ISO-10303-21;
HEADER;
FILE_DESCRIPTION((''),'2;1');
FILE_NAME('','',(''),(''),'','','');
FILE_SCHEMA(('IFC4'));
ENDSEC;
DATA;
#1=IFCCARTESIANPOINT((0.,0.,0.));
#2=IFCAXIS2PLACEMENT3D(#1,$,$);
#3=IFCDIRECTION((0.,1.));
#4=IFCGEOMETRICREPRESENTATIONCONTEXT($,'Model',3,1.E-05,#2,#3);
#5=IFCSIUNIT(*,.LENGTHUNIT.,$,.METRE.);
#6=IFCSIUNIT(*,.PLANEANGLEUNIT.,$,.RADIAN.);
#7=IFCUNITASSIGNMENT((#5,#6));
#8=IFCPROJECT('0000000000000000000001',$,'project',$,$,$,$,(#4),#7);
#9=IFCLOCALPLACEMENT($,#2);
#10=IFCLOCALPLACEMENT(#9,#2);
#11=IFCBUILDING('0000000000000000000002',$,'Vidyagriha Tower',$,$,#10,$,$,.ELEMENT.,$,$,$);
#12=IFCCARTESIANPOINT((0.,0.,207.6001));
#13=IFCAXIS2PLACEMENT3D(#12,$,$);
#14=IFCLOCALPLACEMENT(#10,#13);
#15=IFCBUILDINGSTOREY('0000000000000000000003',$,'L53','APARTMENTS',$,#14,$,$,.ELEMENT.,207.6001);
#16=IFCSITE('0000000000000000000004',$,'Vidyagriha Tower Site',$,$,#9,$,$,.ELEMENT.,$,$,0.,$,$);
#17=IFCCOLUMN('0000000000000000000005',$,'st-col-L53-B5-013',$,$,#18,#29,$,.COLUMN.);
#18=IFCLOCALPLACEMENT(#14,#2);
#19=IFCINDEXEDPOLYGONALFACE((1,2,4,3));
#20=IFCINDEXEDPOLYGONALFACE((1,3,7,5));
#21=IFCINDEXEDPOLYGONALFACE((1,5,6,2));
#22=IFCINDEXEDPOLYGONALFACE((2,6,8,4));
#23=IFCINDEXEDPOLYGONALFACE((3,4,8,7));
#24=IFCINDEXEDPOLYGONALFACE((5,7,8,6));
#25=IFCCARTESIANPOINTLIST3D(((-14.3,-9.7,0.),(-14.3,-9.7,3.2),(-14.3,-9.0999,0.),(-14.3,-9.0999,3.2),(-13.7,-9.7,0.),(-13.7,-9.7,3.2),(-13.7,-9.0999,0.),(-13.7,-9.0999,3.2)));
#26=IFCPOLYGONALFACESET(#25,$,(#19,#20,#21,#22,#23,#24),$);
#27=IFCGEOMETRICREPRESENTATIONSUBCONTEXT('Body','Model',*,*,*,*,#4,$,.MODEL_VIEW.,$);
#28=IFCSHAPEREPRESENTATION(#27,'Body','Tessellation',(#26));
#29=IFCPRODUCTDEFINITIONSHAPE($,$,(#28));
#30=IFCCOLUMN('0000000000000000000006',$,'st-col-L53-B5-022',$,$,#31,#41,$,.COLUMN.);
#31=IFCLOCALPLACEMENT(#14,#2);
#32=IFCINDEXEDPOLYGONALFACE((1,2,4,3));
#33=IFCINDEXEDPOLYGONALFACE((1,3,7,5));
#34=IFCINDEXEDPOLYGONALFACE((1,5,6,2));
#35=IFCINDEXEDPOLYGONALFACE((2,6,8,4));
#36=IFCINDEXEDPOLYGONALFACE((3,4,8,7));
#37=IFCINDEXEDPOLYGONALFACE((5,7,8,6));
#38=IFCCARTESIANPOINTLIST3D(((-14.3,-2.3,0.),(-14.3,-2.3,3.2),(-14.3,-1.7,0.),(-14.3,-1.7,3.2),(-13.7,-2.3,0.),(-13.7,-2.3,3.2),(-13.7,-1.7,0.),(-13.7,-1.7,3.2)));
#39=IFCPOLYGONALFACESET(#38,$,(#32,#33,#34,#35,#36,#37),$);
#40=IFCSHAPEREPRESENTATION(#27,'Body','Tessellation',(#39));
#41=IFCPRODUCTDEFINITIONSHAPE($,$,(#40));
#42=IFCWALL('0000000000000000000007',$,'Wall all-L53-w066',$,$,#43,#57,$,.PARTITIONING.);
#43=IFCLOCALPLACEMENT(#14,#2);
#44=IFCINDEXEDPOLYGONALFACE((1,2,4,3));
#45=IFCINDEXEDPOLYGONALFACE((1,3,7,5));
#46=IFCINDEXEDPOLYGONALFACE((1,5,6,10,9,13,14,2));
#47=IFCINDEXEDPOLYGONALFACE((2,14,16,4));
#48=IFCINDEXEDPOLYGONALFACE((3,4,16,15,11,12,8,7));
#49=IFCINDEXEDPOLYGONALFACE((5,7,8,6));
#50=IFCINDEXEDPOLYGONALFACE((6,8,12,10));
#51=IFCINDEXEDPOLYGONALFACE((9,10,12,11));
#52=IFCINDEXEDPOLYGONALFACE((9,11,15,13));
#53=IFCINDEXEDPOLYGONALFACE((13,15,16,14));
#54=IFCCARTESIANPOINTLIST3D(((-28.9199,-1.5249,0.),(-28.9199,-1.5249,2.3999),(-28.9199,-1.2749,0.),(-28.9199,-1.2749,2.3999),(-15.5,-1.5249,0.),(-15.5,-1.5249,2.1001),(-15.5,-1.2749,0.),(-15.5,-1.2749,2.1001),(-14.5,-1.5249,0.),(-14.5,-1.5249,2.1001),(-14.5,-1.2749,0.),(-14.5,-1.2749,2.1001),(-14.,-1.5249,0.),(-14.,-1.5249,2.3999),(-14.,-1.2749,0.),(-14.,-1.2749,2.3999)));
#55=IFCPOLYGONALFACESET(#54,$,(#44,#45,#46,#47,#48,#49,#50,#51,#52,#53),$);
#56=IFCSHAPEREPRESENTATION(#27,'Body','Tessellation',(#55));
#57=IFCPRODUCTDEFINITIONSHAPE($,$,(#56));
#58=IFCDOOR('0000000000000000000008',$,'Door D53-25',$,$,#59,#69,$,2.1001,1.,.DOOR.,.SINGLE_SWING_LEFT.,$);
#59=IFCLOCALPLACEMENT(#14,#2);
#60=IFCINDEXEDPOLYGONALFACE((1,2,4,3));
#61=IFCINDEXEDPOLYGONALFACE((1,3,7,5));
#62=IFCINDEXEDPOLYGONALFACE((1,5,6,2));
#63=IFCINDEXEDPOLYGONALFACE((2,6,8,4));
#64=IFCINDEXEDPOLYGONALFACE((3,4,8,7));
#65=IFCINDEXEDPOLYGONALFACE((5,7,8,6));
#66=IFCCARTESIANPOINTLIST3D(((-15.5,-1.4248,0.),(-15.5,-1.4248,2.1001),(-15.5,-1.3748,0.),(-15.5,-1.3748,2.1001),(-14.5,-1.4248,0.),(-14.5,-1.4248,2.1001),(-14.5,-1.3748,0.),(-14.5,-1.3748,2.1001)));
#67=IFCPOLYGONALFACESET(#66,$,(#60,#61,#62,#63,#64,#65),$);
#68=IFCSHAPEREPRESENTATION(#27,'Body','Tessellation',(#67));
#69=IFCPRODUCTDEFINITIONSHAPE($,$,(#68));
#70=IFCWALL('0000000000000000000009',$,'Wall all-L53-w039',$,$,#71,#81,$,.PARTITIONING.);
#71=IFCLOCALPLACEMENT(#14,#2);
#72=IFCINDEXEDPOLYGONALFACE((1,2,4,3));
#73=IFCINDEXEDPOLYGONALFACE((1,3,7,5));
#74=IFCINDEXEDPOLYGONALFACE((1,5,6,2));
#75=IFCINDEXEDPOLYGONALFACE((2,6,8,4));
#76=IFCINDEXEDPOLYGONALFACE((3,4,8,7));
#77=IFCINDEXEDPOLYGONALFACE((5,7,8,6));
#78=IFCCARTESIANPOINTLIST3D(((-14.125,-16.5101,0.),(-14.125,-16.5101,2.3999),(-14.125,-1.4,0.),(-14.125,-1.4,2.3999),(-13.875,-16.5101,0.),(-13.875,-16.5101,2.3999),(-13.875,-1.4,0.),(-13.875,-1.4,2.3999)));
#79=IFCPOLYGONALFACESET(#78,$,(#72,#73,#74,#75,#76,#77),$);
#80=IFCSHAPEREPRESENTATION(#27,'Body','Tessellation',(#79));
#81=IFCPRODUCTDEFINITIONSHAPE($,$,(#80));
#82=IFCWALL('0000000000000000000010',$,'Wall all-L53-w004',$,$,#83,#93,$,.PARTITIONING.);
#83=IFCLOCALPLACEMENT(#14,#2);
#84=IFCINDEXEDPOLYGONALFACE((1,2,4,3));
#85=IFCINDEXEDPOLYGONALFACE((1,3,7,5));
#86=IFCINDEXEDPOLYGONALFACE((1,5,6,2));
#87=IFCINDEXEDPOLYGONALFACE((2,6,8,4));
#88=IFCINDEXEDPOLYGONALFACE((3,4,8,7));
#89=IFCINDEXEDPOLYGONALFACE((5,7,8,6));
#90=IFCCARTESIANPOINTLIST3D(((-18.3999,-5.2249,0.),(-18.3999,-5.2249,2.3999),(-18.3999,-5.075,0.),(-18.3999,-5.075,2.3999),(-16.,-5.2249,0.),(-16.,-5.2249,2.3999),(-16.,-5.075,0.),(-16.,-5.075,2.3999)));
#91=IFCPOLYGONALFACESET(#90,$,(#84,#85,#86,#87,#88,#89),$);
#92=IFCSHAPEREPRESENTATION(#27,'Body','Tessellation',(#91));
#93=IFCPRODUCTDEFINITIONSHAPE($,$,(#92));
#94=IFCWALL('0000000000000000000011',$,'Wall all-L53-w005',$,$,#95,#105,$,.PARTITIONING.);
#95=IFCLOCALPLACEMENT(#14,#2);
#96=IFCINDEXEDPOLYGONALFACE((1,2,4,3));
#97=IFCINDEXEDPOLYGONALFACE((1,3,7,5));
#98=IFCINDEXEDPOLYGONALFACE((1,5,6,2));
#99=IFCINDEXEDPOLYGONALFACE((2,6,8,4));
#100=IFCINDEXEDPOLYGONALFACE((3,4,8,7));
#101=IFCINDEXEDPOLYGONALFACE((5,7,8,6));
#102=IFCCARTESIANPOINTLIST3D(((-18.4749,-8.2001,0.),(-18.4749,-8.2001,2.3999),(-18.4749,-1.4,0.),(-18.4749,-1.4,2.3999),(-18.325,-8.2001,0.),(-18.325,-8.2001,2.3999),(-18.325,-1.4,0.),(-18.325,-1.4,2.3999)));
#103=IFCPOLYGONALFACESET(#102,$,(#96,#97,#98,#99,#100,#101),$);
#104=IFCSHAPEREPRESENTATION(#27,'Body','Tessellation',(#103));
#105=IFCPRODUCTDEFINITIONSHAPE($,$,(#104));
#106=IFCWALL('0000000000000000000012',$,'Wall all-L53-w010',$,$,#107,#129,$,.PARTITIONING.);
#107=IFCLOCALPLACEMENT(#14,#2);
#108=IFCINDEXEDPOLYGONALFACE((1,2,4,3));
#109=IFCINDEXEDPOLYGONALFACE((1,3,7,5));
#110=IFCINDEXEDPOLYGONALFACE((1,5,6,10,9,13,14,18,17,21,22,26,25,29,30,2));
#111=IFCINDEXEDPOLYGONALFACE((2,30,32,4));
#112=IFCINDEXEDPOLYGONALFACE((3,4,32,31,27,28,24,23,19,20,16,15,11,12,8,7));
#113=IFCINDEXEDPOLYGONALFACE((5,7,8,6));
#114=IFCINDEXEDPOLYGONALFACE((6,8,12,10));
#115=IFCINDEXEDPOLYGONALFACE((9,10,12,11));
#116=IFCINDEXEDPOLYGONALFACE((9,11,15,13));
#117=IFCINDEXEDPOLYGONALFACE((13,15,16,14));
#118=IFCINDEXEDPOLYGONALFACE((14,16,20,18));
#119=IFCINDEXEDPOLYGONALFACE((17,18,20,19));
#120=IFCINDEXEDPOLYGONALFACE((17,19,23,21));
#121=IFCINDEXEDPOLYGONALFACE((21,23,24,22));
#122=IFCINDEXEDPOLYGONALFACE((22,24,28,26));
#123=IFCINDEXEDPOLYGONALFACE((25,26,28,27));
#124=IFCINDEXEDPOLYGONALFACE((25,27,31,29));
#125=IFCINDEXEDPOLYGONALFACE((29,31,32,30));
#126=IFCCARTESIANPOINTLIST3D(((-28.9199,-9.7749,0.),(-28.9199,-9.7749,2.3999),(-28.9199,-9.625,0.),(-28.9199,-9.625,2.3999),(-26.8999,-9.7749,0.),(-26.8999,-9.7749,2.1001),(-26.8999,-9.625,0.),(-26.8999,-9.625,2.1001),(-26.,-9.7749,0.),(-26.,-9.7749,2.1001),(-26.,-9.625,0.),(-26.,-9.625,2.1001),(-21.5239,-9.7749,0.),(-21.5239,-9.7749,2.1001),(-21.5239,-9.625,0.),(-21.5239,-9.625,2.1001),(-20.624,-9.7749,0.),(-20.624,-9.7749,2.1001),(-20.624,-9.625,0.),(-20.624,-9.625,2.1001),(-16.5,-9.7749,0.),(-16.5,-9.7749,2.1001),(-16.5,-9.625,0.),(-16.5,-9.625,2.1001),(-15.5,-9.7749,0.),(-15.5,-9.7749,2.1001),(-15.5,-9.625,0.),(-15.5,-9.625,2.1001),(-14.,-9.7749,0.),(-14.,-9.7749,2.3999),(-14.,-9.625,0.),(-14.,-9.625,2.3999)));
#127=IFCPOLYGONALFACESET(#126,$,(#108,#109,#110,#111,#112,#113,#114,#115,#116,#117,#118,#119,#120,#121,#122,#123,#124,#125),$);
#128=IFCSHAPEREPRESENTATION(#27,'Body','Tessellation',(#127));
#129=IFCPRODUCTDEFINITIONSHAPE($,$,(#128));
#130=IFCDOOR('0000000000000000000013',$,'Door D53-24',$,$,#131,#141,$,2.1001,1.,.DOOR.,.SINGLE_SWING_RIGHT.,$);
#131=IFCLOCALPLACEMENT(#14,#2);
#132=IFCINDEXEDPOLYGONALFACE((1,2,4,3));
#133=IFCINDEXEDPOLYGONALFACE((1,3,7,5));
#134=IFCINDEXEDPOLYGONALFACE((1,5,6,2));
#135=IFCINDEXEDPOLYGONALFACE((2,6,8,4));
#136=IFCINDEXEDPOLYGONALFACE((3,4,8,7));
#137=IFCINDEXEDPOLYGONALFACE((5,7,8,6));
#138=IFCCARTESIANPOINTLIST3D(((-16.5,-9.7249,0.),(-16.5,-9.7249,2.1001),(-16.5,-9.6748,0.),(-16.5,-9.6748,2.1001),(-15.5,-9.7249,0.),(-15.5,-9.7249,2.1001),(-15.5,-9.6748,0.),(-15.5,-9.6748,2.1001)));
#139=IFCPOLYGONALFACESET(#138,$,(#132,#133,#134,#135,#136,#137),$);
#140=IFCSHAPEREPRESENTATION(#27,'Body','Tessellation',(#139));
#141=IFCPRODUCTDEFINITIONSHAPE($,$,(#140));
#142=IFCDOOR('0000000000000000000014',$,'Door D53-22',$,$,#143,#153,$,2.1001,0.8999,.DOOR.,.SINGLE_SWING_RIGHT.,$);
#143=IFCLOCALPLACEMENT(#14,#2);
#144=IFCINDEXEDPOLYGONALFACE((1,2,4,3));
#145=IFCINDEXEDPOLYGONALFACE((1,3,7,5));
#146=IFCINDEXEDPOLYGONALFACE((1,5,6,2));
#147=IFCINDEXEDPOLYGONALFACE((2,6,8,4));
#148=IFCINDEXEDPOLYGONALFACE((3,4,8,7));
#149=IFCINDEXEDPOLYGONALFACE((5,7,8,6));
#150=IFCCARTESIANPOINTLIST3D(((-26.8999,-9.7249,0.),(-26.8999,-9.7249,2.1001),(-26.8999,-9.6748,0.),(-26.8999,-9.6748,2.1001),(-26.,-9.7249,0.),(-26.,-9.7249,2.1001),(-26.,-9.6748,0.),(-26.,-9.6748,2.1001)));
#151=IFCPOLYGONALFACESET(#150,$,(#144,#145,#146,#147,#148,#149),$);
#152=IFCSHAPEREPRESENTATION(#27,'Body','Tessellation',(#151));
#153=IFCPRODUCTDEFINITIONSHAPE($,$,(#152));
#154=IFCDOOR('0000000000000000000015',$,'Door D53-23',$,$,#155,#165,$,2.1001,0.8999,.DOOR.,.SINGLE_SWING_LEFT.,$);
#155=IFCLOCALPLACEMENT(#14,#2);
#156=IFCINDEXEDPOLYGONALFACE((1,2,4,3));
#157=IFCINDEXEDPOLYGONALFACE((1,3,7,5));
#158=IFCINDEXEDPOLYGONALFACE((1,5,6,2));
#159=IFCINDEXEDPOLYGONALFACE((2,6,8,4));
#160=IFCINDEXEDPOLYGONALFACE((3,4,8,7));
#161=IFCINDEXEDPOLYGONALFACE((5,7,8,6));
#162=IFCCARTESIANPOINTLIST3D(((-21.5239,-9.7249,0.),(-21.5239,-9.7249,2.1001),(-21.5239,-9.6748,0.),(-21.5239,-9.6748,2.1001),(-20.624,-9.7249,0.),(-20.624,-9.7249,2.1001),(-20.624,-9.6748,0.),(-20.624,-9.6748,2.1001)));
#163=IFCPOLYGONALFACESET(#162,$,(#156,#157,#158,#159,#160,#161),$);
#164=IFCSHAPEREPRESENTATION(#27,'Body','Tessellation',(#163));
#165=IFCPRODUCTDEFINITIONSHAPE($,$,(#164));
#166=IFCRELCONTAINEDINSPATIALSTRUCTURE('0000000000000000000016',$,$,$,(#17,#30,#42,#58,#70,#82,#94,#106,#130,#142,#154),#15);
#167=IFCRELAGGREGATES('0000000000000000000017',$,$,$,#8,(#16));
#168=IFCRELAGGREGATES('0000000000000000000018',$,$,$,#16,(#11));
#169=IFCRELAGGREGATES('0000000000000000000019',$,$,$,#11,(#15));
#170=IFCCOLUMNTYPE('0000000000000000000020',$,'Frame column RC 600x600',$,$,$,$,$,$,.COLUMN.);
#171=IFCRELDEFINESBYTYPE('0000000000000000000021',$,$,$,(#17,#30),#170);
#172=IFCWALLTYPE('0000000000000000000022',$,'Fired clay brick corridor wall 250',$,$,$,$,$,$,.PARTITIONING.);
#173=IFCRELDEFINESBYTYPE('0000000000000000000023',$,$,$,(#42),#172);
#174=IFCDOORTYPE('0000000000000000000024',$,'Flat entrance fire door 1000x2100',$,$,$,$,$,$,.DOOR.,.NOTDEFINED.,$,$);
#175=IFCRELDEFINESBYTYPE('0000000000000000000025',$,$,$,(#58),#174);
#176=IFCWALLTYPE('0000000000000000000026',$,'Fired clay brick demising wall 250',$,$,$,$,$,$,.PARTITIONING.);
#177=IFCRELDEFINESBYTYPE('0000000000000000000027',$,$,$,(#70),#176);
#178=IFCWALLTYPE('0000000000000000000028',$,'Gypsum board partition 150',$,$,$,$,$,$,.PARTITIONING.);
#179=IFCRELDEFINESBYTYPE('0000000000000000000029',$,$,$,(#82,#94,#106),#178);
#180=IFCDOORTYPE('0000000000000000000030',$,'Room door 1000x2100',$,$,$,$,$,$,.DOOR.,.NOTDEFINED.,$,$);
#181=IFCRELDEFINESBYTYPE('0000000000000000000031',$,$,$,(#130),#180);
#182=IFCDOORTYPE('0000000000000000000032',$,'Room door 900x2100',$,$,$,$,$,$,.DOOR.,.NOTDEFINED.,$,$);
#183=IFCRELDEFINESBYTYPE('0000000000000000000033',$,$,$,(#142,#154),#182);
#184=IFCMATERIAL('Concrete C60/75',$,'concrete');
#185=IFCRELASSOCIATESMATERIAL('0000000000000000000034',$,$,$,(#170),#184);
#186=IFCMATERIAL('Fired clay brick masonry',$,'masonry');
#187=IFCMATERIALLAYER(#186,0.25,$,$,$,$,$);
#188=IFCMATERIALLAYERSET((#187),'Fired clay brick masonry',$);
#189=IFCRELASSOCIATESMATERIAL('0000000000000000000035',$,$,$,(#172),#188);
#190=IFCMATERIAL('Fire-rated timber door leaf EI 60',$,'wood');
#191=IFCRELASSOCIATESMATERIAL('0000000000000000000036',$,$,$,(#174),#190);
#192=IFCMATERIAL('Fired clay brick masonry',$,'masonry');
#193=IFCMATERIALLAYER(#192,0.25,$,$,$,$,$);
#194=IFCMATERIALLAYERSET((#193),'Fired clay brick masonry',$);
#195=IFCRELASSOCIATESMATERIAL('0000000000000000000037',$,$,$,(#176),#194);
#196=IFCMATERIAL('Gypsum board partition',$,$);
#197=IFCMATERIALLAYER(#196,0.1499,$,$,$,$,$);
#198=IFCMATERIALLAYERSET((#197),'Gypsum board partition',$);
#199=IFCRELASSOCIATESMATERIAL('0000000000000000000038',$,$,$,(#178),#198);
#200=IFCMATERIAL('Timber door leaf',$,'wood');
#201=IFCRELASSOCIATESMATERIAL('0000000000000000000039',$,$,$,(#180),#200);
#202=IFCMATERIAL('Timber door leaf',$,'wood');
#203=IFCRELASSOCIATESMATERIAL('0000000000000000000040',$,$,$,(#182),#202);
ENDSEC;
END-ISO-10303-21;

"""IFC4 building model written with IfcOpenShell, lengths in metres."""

from ifc_helpers import new_model, si_unit, direction, frame, frame_2d, origin, origin_2d, place, context, subcontext, project, spatial, rectangle, extrude, material, layer, layer_set, material_profile, profile_set, type_object, element, fill, save


model = new_model("IFC4")

# Units and contexts
model_context = context("Model", 3, precision=1e-05, world=origin(), true_north=direction((0.0, 1.0)))
body_context = subcontext(model_context, "Body", "Model", "MODEL_VIEW")
ifc_project = project(units=[si_unit("LENGTHUNIT", "METRE"), si_unit("PLANEANGLEUNIT", "RADIAN")], contexts=[model_context])

# Site, building, storey
site_placement = place(None, origin())
site = spatial("IfcSite", under=ifc_project, at=site_placement, Name="Vidyagriha Tower Site", CompositionType="ELEMENT", RefElevation=0.0)
building_placement = place(site_placement, origin())
building = spatial("IfcBuilding", under=site, at=building_placement, Name="Vidyagriha Tower", CompositionType="ELEMENT")
storey_placement = place(building_placement, frame((0.0, 0.0, 207.6001)))
storey = spatial("IfcBuildingStorey", under=building, at=storey_placement, Name="L53", Description="APARTMENTS", CompositionType="ELEMENT", Elevation=207.6001)

# Columns
ifc_material_1 = material(Name="Concrete C60/75", Category="concrete")
ifc_material_profile = material_profile(ifc_material_1, rectangle(XDim=0.6001, YDim=0.6001, at=origin_2d()), Name="RC 600x600")
ifc_profile_set = profile_set([ifc_material_profile], Name="Concrete C60/75")
column_type = type_object("IfcColumnType", Name="Frame column RC 600x600", PredefinedType="COLUMN", material=ifc_profile_set)
for number, where, name in (
    (1, (-14.0, -9.3999, 0.0), "st-col-L53-B5-013"),
    (2, (-14.0, -2.0, 0.0), "st-col-L53-B5-022"),
):
    element("IfcColumn", number, at=place(storey_placement, frame(where)), inside=storey, type_object=column_type, Name=name, PredefinedType="COLUMN", context=body_context, shape_type="SweptSolid", body=[
        extrude(rectangle(XDim=0.6001, YDim=0.6001, at=origin_2d()), origin(), (0.0, 0.0, 1.0), 3.2),
    ])

# Wall, opening, door
ifc_material_2 = material(Name="Fired clay brick masonry", Category="masonry")
ifc_layer_1 = layer(ifc_material_2, 0.25)
ifc_layer_set_1 = layer_set([ifc_layer_1], Name="Fired clay brick masonry")
wall_type_1 = type_object("IfcWallType", Name="Fired clay brick corridor wall 250", PredefinedType="PARTITIONING", material=ifc_layer_set_1)
wall_1_placement = place(storey_placement, frame((-14.0, -1.3999, 0.0), z_axis=(0.0, 0.0, 1.0), x_axis=(-1.0, 0.0, 0.0)))
wall_1 = element("IfcWall", 3, at=wall_1_placement, inside=storey, type_object=wall_type_1, Name="Wall all-L53-w066", PredefinedType="PARTITIONING", context=body_context, shape_type="SweptSolid", body=[
    extrude(rectangle(XDim=14.9199, YDim=0.25, at=frame_2d((7.46, 0.0))), origin(), (0.0, 0.0, 1.0), 2.3999),
])
opening_1_placement = place(wall_1_placement, frame((0.5, 0.0, 0.0)))
opening_1 = element("IfcOpeningElement", 4, at=opening_1_placement, cuts=wall_1, PredefinedType="OPENING", context=body_context, shape_type="SweptSolid", body=[
    extrude(rectangle(XDim=1.0, YDim=2.1001, at=frame_2d((0.5, 1.05))), frame((0.0, 0.135, 0.0), z_axis=(0.0, -1.0, 0.0), x_axis=(1.0, 0.0, 0.0)), (0.0, 0.0, 1.0), 0.27),
])
ifc_material_3 = material(Name="Fire-rated timber door leaf EI 60", Category="wood")
door_type_1 = type_object("IfcDoorType", Name="Flat entrance fire door 1000x2100", OperationType="NOTDEFINED", PredefinedType="DOOR", material=ifc_material_3)
door_1_placement = place(opening_1_placement, origin())
door_1 = element("IfcDoor", 5, at=door_1_placement, inside=storey, type_object=door_type_1, Name="Door D53-25", OperationType="SINGLE_SWING_LEFT", OverallHeight=2.1001, OverallWidth=1.0, PredefinedType="DOOR", context=body_context, shape_type="SweptSolid", body=[
    extrude(rectangle(XDim=1.0, YDim=2.1001, at=frame_2d((0.5, 1.05))), frame((0.0, 0.0249, 0.0), z_axis=(0.0, -1.0, 0.0), x_axis=(1.0, 0.0, 0.0)), (0.0, 0.0, 1.0), 0.05),
])
fill(opening_1, door_1)

# Walls
ifc_material_4 = material(Name="Fired clay brick masonry", Category="masonry")
ifc_layer_2 = layer(ifc_material_4, 0.25)
ifc_layer_set_2 = layer_set([ifc_layer_2], Name="Fired clay brick masonry")
wall_type_2 = type_object("IfcWallType", Name="Fired clay brick demising wall 250", PredefinedType="PARTITIONING", material=ifc_layer_set_2)
wall_2_placement = place(storey_placement, frame((-14.0, -1.3999, 0.0), z_axis=(0.0, 0.0, 1.0), x_axis=(0.0, -1.0, 0.0)))
element("IfcWall", 6, at=wall_2_placement, inside=storey, type_object=wall_type_2, Name="Wall all-L53-w039", PredefinedType="PARTITIONING", context=body_context, shape_type="SweptSolid", body=[
    extrude(rectangle(XDim=15.1101, YDim=0.25, at=frame_2d((7.5552, 0.0))), origin(), (0.0, 0.0, 1.0), 2.3999),
])
ifc_material_5 = material(Name="Gypsum board partition")
ifc_layer_3 = layer(ifc_material_5, 0.1499)
ifc_layer_set_3 = layer_set([ifc_layer_3], Name="Gypsum board partition")
wall_type_3 = type_object("IfcWallType", Name="Gypsum board partition 150", PredefinedType="PARTITIONING", material=ifc_layer_set_3)
wall_3_placement = place(storey_placement, frame((-16.0, -5.1499, 0.0), z_axis=(0.0, 0.0, 1.0), x_axis=(-1.0, 0.0, 0.0)))
element("IfcWall", 7, at=wall_3_placement, inside=storey, type_object=wall_type_3, Name="Wall all-L53-w004", PredefinedType="PARTITIONING", context=body_context, shape_type="SweptSolid", body=[
    extrude(rectangle(XDim=2.3999, YDim=0.1499, at=frame_2d((1.2, 0.0))), origin(), (0.0, 0.0, 1.0), 2.3999),
])
wall_4_placement = place(storey_placement, frame((-18.3999, -8.2, 0.0), z_axis=(0.0, 0.0, 1.0), x_axis=(0.0, 1.0, 0.0)))
element("IfcWall", 8, at=wall_4_placement, inside=storey, type_object=wall_type_3, Name="Wall all-L53-w005", PredefinedType="PARTITIONING", context=body_context, shape_type="SweptSolid", body=[
    extrude(rectangle(XDim=6.8, YDim=0.1499, at=frame_2d((3.3999, 0.0))), origin(), (0.0, 0.0, 1.0), 2.3999),
])

# Wall, openings, doors
wall_5_placement = place(storey_placement, frame((-14.0, -9.7, 0.0), z_axis=(0.0, 0.0, 1.0), x_axis=(-1.0, 0.0, 0.0)))
wall_5 = element("IfcWall", 9, at=wall_5_placement, inside=storey, type_object=wall_type_3, Name="Wall all-L53-w010", PredefinedType="PARTITIONING", context=body_context, shape_type="SweptSolid", body=[
    extrude(rectangle(XDim=14.9199, YDim=0.1499, at=frame_2d((7.46, 0.0))), origin(), (0.0, 0.0, 1.0), 2.3999),
])
opening_2_placement = place(wall_5_placement, frame((12.0, 0.0, 0.0)))
opening_2 = element("IfcOpeningElement", 10, at=opening_2_placement, cuts=wall_5, PredefinedType="OPENING", context=body_context, shape_type="SweptSolid", body=[
    extrude(rectangle(XDim=0.8999, YDim=2.1001, at=frame_2d((0.45, 1.05))), frame((0.0, 0.085, 0.0), z_axis=(0.0, -1.0, 0.0), x_axis=(1.0, 0.0, 0.0)), (0.0, 0.0, 1.0), 0.1699),
])
opening_3_placement = place(wall_5_placement, frame((6.624, 0.0, 0.0)))
opening_3 = element("IfcOpeningElement", 11, at=opening_3_placement, cuts=wall_5, PredefinedType="OPENING", context=body_context, shape_type="SweptSolid", body=[
    extrude(rectangle(XDim=0.8999, YDim=2.1001, at=frame_2d((0.45, 1.05))), frame((0.0, 0.085, 0.0), z_axis=(0.0, -1.0, 0.0), x_axis=(1.0, 0.0, 0.0)), (0.0, 0.0, 1.0), 0.1699),
])
opening_4_placement = place(wall_5_placement, frame((1.5, 0.0, 0.0)))
opening_4 = element("IfcOpeningElement", 12, at=opening_4_placement, cuts=wall_5, PredefinedType="OPENING", context=body_context, shape_type="SweptSolid", body=[
    extrude(rectangle(XDim=1.0, YDim=2.1001, at=frame_2d((0.5, 1.05))), frame((0.0, 0.085, 0.0), z_axis=(0.0, -1.0, 0.0), x_axis=(1.0, 0.0, 0.0)), (0.0, 0.0, 1.0), 0.1699),
])
ifc_material_6 = material(Name="Timber door leaf", Category="wood")
door_type_2 = type_object("IfcDoorType", Name="Room door 1000x2100", OperationType="NOTDEFINED", PredefinedType="DOOR", material=ifc_material_6)
door_2_placement = place(opening_4_placement, origin())
door_2 = element("IfcDoor", 13, at=door_2_placement, inside=storey, type_object=door_type_2, Name="Door D53-24", OperationType="SINGLE_SWING_RIGHT", OverallHeight=2.1001, OverallWidth=1.0, PredefinedType="DOOR", context=body_context, shape_type="SweptSolid", body=[
    extrude(rectangle(XDim=1.0, YDim=2.1001, at=frame_2d((0.5, 1.05))), frame((0.0, 0.0249, 0.0), z_axis=(0.0, -1.0, 0.0), x_axis=(1.0, 0.0, 0.0)), (0.0, 0.0, 1.0), 0.05),
])
fill(opening_4, door_2)
ifc_material_7 = material(Name="Timber door leaf", Category="wood")
door_type_3 = type_object("IfcDoorType", Name="Room door 900x2100", OperationType="NOTDEFINED", PredefinedType="DOOR", material=ifc_material_7)
door_3_placement = place(opening_2_placement, origin())
door_3 = element("IfcDoor", 14, at=door_3_placement, inside=storey, type_object=door_type_3, Name="Door D53-22", OperationType="SINGLE_SWING_RIGHT", OverallHeight=2.1001, OverallWidth=0.8999, PredefinedType="DOOR", context=body_context, shape_type="SweptSolid", body=[
    extrude(rectangle(XDim=0.8999, YDim=2.1001, at=frame_2d((0.45, 1.05))), frame((0.0, 0.0249, 0.0), z_axis=(0.0, -1.0, 0.0), x_axis=(1.0, 0.0, 0.0)), (0.0, 0.0, 1.0), 0.05),
])
fill(opening_2, door_3)
door_4_placement = place(opening_3_placement, origin())
door_4 = element("IfcDoor", 15, at=door_4_placement, inside=storey, type_object=door_type_3, Name="Door D53-23", OperationType="SINGLE_SWING_LEFT", OverallHeight=2.1001, OverallWidth=0.8999, PredefinedType="DOOR", context=body_context, shape_type="SweptSolid", body=[
    extrude(rectangle(XDim=0.8999, YDim=2.1001, at=frame_2d((0.45, 1.05))), frame((0.0, 0.0249, 0.0), z_axis=(0.0, -1.0, 0.0), x_axis=(1.0, 0.0, 0.0)), (0.0, 0.0, 1.0), 0.05),
])
fill(opening_3, door_4)

save(model, "model.ifc")
